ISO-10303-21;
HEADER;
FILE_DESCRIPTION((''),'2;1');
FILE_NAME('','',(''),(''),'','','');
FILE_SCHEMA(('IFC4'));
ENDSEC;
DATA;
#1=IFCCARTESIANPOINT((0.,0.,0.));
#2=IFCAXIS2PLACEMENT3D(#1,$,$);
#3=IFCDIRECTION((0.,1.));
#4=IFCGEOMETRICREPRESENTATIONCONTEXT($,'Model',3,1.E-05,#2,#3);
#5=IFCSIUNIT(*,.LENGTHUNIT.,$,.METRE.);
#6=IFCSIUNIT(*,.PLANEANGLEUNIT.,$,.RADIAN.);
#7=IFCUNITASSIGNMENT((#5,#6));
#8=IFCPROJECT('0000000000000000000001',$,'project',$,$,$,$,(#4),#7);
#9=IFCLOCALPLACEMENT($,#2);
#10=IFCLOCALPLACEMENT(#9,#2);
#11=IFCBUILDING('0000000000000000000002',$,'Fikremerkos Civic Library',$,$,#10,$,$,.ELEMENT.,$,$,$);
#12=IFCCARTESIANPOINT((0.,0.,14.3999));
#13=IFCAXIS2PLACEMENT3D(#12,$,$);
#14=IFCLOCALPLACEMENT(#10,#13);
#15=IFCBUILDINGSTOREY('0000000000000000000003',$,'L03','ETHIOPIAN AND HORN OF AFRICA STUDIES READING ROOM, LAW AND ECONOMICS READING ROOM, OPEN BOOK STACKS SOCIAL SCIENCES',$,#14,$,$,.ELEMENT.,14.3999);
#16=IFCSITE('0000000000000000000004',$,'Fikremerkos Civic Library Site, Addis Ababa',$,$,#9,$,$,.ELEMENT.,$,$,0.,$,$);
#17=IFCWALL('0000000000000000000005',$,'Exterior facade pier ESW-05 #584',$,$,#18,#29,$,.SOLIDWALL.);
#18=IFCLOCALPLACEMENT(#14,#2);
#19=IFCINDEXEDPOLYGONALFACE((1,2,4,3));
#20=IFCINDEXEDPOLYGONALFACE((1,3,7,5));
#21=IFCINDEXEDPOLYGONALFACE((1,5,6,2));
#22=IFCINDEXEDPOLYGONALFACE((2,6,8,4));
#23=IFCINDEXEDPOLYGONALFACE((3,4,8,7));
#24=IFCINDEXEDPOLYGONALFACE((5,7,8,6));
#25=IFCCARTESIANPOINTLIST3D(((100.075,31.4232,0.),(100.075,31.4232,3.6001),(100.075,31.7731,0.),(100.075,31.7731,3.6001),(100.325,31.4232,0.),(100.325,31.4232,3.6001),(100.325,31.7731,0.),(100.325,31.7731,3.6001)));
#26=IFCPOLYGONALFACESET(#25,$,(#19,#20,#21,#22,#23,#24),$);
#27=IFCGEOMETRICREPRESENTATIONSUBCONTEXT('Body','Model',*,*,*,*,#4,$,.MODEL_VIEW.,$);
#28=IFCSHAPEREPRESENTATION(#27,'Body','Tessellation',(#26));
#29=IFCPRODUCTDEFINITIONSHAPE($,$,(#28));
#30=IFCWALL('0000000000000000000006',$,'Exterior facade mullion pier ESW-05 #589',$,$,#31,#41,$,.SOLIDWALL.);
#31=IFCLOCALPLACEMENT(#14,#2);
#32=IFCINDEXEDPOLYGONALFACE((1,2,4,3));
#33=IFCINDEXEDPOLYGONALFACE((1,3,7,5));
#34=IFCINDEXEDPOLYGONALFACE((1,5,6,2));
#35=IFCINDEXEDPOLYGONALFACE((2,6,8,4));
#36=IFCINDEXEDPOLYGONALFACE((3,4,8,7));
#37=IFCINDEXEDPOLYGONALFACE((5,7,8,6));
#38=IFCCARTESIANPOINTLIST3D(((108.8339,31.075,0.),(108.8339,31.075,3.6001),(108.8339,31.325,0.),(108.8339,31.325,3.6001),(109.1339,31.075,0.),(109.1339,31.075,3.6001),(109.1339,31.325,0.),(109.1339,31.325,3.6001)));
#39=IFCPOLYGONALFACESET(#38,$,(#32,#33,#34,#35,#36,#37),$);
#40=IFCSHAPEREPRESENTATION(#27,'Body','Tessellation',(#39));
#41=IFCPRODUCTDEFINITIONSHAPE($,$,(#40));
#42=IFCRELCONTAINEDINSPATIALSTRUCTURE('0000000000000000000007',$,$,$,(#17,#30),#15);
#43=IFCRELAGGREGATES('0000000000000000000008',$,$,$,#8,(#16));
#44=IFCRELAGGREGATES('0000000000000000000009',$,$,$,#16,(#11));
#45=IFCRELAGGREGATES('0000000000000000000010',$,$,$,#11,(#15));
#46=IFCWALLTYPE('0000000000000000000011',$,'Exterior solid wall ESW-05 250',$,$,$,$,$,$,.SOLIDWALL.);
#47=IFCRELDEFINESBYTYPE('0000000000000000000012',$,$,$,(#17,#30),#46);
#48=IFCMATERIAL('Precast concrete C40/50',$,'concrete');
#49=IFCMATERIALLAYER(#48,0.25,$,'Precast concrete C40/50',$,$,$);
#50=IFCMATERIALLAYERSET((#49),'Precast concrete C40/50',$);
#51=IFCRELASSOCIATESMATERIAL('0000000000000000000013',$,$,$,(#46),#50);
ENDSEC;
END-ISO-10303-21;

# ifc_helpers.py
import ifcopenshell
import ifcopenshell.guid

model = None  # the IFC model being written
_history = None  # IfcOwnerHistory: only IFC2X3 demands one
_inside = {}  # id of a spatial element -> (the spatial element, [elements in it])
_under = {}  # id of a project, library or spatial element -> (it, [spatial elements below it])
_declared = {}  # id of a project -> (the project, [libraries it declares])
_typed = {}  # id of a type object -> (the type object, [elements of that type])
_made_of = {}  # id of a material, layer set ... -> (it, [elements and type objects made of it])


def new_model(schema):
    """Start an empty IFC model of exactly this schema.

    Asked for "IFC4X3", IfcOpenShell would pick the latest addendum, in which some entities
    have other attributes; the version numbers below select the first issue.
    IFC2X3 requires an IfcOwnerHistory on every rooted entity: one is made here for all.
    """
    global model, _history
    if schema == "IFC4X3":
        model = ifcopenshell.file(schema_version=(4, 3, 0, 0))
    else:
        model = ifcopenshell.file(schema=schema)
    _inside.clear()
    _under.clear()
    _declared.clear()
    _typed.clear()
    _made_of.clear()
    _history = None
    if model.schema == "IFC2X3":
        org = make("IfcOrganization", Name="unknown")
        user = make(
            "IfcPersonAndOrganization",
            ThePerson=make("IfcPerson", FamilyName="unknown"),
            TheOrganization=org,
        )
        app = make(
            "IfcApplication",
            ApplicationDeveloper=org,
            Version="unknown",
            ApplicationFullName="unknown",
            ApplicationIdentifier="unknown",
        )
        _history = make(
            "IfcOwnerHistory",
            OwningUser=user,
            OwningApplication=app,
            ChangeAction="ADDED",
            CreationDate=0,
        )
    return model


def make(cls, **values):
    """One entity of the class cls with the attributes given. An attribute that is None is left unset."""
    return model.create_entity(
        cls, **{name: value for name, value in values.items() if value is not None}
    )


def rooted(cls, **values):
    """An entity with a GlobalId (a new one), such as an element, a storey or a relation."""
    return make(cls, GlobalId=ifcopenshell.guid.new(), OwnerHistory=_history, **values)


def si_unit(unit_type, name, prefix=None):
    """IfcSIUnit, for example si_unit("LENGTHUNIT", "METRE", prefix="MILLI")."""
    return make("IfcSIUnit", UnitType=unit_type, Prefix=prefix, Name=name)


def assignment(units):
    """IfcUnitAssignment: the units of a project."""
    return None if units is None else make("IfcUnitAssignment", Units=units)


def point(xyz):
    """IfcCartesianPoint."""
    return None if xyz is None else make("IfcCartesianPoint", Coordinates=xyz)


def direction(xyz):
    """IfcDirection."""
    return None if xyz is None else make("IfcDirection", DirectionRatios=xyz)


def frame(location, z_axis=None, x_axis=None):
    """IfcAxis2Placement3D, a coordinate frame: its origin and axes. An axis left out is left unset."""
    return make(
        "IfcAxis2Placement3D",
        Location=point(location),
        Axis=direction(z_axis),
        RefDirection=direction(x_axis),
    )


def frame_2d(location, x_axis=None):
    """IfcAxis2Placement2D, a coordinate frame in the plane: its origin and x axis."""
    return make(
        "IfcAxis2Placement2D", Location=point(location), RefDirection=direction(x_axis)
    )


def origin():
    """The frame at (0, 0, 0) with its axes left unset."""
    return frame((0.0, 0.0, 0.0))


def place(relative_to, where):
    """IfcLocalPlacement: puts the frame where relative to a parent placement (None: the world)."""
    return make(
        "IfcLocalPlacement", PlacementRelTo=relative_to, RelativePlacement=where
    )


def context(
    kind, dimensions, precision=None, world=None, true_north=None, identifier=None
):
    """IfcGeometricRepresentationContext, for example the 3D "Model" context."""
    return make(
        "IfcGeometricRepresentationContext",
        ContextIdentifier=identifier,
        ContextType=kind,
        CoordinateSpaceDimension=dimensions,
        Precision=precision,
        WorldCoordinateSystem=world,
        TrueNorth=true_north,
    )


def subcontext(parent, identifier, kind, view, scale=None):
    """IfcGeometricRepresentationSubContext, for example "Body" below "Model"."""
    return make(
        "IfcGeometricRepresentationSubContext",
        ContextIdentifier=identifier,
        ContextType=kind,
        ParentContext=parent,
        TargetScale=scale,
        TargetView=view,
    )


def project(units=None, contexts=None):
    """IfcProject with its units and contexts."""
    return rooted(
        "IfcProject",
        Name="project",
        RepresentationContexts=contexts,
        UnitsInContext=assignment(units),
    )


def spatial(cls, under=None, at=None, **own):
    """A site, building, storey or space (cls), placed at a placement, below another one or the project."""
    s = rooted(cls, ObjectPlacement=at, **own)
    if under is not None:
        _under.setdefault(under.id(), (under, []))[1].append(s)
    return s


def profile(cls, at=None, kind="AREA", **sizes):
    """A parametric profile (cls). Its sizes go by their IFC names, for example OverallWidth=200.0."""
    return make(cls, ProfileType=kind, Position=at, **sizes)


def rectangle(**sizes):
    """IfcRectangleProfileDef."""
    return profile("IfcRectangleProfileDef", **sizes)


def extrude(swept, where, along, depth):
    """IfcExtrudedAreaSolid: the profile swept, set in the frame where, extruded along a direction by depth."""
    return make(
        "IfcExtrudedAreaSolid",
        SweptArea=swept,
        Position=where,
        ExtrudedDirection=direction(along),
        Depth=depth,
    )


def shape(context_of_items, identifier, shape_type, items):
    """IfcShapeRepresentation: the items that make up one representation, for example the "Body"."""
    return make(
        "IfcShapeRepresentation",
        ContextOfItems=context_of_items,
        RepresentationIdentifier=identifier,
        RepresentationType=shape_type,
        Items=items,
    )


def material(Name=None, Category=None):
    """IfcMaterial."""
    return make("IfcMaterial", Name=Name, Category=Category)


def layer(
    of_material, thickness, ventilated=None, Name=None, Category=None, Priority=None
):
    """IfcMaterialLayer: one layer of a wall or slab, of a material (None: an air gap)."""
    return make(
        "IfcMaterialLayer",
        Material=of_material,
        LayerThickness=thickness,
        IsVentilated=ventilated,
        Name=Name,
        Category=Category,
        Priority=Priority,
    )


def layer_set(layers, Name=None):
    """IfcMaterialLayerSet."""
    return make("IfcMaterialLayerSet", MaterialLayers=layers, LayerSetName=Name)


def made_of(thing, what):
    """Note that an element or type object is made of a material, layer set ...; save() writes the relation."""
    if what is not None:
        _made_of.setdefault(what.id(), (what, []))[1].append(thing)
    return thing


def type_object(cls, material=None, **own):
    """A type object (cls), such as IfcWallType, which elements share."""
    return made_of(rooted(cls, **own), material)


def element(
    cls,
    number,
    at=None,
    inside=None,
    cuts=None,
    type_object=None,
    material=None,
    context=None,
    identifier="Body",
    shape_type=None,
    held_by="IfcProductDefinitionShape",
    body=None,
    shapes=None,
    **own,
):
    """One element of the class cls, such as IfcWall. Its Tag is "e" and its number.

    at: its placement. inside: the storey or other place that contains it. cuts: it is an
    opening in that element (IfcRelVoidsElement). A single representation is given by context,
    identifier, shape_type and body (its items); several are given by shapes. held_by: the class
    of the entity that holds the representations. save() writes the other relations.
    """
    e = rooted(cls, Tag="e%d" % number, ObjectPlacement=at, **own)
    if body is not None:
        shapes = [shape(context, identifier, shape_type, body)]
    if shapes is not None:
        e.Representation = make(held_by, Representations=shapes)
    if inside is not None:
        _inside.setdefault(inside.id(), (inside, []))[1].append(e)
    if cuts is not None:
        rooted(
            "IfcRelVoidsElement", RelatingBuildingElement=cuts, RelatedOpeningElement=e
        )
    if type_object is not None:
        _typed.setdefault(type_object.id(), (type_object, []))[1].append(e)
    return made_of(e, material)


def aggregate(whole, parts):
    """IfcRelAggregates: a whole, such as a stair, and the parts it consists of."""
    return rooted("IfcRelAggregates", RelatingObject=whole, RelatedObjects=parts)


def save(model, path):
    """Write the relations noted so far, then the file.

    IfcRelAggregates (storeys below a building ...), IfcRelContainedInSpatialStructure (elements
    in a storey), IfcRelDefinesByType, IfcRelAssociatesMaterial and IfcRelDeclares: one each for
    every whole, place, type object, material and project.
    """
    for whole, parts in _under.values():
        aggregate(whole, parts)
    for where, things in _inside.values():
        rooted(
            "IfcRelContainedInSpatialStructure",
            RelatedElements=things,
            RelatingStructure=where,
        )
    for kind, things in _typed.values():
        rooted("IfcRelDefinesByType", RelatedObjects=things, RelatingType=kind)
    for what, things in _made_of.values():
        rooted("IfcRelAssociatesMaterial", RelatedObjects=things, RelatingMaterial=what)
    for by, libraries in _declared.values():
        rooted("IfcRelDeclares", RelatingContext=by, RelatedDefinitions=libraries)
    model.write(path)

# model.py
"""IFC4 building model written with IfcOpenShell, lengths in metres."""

from ifc_helpers import new_model, si_unit, direction, frame, frame_2d, origin, place, context, subcontext, project, spatial, rectangle, extrude, material, layer, layer_set, type_object, element, save


model = new_model("IFC4")

# Units and contexts
model_context = context("Model", 3, precision=1e-05, world=origin(), true_north=direction((0.0, 1.0)))
body_context = subcontext(model_context, "Body", "Model", "MODEL_VIEW")
ifc_project = project(units=[si_unit("LENGTHUNIT", "METRE"), si_unit("PLANEANGLEUNIT", "RADIAN")], contexts=[model_context])

# Site, building, storey
site_placement = place(None, origin())
site = spatial("IfcSite", under=ifc_project, at=site_placement, Name="Fikremerkos Civic Library Site, Addis Ababa", CompositionType="ELEMENT", RefElevation=0.0)
building_placement = place(site_placement, origin())
building = spatial("IfcBuilding", under=site, at=building_placement, Name="Fikremerkos Civic Library", CompositionType="ELEMENT")
storey_placement = place(building_placement, frame((0.0, 0.0, 14.3999)))
storey = spatial("IfcBuildingStorey", under=building, at=storey_placement, Name="L03", Description="ETHIOPIAN AND HORN OF AFRICA STUDIES READING ROOM, LAW AND ECONOMICS READING ROOM, OPEN BOOK STACKS SOCIAL SCIENCES", CompositionType="ELEMENT", Elevation=14.3999)

# Walls
ifc_material_1 = material(Name="Precast concrete C40/50", Category="concrete")
ifc_layer_1 = layer(ifc_material_1, 0.25, Name="Precast concrete C40/50")
ifc_layer_set_1 = layer_set([ifc_layer_1], Name="Precast concrete C40/50")
wall_type = type_object("IfcWallType", Name="Exterior solid wall ESW-05 250", PredefinedType="SOLIDWALL", material=ifc_layer_set_1)
wall_1_placement = place(storey_placement, frame((100.2, 31.7729, 0.0), z_axis=(0.0, 0.0, 1.0), x_axis=(0.0, -1.0, 0.0)))
element("IfcWall", 1, at=wall_1_placement, inside=storey, type_object=wall_type, Name="Exterior facade pier ESW-05 #584", PredefinedType="SOLIDWALL", context=body_context, shape_type="SweptSolid", body=[
    extrude(rectangle(XDim=0.3499, YDim=0.25, at=frame_2d((0.1748, 0.0))), origin(), (0.0, 0.0, 1.0), 3.6001),
])
wall_2_placement = place(storey_placement, frame((108.834, 31.2, 0.0), z_axis=(0.0, 0.0, 1.0), x_axis=(1.0, 0.0, 0.0)))
element("IfcWall", 2, at=wall_2_placement, inside=storey, type_object=wall_type, Name="Exterior facade mullion pier ESW-05 #589", PredefinedType="SOLIDWALL", context=body_context, shape_type="SweptSolid", body=[
    extrude(rectangle(XDim=0.3, YDim=0.25, at=frame_2d((0.1499, 0.0))), origin(), (0.0, 0.0, 1.0), 3.6001),
])

save(model, "model.ifc")
